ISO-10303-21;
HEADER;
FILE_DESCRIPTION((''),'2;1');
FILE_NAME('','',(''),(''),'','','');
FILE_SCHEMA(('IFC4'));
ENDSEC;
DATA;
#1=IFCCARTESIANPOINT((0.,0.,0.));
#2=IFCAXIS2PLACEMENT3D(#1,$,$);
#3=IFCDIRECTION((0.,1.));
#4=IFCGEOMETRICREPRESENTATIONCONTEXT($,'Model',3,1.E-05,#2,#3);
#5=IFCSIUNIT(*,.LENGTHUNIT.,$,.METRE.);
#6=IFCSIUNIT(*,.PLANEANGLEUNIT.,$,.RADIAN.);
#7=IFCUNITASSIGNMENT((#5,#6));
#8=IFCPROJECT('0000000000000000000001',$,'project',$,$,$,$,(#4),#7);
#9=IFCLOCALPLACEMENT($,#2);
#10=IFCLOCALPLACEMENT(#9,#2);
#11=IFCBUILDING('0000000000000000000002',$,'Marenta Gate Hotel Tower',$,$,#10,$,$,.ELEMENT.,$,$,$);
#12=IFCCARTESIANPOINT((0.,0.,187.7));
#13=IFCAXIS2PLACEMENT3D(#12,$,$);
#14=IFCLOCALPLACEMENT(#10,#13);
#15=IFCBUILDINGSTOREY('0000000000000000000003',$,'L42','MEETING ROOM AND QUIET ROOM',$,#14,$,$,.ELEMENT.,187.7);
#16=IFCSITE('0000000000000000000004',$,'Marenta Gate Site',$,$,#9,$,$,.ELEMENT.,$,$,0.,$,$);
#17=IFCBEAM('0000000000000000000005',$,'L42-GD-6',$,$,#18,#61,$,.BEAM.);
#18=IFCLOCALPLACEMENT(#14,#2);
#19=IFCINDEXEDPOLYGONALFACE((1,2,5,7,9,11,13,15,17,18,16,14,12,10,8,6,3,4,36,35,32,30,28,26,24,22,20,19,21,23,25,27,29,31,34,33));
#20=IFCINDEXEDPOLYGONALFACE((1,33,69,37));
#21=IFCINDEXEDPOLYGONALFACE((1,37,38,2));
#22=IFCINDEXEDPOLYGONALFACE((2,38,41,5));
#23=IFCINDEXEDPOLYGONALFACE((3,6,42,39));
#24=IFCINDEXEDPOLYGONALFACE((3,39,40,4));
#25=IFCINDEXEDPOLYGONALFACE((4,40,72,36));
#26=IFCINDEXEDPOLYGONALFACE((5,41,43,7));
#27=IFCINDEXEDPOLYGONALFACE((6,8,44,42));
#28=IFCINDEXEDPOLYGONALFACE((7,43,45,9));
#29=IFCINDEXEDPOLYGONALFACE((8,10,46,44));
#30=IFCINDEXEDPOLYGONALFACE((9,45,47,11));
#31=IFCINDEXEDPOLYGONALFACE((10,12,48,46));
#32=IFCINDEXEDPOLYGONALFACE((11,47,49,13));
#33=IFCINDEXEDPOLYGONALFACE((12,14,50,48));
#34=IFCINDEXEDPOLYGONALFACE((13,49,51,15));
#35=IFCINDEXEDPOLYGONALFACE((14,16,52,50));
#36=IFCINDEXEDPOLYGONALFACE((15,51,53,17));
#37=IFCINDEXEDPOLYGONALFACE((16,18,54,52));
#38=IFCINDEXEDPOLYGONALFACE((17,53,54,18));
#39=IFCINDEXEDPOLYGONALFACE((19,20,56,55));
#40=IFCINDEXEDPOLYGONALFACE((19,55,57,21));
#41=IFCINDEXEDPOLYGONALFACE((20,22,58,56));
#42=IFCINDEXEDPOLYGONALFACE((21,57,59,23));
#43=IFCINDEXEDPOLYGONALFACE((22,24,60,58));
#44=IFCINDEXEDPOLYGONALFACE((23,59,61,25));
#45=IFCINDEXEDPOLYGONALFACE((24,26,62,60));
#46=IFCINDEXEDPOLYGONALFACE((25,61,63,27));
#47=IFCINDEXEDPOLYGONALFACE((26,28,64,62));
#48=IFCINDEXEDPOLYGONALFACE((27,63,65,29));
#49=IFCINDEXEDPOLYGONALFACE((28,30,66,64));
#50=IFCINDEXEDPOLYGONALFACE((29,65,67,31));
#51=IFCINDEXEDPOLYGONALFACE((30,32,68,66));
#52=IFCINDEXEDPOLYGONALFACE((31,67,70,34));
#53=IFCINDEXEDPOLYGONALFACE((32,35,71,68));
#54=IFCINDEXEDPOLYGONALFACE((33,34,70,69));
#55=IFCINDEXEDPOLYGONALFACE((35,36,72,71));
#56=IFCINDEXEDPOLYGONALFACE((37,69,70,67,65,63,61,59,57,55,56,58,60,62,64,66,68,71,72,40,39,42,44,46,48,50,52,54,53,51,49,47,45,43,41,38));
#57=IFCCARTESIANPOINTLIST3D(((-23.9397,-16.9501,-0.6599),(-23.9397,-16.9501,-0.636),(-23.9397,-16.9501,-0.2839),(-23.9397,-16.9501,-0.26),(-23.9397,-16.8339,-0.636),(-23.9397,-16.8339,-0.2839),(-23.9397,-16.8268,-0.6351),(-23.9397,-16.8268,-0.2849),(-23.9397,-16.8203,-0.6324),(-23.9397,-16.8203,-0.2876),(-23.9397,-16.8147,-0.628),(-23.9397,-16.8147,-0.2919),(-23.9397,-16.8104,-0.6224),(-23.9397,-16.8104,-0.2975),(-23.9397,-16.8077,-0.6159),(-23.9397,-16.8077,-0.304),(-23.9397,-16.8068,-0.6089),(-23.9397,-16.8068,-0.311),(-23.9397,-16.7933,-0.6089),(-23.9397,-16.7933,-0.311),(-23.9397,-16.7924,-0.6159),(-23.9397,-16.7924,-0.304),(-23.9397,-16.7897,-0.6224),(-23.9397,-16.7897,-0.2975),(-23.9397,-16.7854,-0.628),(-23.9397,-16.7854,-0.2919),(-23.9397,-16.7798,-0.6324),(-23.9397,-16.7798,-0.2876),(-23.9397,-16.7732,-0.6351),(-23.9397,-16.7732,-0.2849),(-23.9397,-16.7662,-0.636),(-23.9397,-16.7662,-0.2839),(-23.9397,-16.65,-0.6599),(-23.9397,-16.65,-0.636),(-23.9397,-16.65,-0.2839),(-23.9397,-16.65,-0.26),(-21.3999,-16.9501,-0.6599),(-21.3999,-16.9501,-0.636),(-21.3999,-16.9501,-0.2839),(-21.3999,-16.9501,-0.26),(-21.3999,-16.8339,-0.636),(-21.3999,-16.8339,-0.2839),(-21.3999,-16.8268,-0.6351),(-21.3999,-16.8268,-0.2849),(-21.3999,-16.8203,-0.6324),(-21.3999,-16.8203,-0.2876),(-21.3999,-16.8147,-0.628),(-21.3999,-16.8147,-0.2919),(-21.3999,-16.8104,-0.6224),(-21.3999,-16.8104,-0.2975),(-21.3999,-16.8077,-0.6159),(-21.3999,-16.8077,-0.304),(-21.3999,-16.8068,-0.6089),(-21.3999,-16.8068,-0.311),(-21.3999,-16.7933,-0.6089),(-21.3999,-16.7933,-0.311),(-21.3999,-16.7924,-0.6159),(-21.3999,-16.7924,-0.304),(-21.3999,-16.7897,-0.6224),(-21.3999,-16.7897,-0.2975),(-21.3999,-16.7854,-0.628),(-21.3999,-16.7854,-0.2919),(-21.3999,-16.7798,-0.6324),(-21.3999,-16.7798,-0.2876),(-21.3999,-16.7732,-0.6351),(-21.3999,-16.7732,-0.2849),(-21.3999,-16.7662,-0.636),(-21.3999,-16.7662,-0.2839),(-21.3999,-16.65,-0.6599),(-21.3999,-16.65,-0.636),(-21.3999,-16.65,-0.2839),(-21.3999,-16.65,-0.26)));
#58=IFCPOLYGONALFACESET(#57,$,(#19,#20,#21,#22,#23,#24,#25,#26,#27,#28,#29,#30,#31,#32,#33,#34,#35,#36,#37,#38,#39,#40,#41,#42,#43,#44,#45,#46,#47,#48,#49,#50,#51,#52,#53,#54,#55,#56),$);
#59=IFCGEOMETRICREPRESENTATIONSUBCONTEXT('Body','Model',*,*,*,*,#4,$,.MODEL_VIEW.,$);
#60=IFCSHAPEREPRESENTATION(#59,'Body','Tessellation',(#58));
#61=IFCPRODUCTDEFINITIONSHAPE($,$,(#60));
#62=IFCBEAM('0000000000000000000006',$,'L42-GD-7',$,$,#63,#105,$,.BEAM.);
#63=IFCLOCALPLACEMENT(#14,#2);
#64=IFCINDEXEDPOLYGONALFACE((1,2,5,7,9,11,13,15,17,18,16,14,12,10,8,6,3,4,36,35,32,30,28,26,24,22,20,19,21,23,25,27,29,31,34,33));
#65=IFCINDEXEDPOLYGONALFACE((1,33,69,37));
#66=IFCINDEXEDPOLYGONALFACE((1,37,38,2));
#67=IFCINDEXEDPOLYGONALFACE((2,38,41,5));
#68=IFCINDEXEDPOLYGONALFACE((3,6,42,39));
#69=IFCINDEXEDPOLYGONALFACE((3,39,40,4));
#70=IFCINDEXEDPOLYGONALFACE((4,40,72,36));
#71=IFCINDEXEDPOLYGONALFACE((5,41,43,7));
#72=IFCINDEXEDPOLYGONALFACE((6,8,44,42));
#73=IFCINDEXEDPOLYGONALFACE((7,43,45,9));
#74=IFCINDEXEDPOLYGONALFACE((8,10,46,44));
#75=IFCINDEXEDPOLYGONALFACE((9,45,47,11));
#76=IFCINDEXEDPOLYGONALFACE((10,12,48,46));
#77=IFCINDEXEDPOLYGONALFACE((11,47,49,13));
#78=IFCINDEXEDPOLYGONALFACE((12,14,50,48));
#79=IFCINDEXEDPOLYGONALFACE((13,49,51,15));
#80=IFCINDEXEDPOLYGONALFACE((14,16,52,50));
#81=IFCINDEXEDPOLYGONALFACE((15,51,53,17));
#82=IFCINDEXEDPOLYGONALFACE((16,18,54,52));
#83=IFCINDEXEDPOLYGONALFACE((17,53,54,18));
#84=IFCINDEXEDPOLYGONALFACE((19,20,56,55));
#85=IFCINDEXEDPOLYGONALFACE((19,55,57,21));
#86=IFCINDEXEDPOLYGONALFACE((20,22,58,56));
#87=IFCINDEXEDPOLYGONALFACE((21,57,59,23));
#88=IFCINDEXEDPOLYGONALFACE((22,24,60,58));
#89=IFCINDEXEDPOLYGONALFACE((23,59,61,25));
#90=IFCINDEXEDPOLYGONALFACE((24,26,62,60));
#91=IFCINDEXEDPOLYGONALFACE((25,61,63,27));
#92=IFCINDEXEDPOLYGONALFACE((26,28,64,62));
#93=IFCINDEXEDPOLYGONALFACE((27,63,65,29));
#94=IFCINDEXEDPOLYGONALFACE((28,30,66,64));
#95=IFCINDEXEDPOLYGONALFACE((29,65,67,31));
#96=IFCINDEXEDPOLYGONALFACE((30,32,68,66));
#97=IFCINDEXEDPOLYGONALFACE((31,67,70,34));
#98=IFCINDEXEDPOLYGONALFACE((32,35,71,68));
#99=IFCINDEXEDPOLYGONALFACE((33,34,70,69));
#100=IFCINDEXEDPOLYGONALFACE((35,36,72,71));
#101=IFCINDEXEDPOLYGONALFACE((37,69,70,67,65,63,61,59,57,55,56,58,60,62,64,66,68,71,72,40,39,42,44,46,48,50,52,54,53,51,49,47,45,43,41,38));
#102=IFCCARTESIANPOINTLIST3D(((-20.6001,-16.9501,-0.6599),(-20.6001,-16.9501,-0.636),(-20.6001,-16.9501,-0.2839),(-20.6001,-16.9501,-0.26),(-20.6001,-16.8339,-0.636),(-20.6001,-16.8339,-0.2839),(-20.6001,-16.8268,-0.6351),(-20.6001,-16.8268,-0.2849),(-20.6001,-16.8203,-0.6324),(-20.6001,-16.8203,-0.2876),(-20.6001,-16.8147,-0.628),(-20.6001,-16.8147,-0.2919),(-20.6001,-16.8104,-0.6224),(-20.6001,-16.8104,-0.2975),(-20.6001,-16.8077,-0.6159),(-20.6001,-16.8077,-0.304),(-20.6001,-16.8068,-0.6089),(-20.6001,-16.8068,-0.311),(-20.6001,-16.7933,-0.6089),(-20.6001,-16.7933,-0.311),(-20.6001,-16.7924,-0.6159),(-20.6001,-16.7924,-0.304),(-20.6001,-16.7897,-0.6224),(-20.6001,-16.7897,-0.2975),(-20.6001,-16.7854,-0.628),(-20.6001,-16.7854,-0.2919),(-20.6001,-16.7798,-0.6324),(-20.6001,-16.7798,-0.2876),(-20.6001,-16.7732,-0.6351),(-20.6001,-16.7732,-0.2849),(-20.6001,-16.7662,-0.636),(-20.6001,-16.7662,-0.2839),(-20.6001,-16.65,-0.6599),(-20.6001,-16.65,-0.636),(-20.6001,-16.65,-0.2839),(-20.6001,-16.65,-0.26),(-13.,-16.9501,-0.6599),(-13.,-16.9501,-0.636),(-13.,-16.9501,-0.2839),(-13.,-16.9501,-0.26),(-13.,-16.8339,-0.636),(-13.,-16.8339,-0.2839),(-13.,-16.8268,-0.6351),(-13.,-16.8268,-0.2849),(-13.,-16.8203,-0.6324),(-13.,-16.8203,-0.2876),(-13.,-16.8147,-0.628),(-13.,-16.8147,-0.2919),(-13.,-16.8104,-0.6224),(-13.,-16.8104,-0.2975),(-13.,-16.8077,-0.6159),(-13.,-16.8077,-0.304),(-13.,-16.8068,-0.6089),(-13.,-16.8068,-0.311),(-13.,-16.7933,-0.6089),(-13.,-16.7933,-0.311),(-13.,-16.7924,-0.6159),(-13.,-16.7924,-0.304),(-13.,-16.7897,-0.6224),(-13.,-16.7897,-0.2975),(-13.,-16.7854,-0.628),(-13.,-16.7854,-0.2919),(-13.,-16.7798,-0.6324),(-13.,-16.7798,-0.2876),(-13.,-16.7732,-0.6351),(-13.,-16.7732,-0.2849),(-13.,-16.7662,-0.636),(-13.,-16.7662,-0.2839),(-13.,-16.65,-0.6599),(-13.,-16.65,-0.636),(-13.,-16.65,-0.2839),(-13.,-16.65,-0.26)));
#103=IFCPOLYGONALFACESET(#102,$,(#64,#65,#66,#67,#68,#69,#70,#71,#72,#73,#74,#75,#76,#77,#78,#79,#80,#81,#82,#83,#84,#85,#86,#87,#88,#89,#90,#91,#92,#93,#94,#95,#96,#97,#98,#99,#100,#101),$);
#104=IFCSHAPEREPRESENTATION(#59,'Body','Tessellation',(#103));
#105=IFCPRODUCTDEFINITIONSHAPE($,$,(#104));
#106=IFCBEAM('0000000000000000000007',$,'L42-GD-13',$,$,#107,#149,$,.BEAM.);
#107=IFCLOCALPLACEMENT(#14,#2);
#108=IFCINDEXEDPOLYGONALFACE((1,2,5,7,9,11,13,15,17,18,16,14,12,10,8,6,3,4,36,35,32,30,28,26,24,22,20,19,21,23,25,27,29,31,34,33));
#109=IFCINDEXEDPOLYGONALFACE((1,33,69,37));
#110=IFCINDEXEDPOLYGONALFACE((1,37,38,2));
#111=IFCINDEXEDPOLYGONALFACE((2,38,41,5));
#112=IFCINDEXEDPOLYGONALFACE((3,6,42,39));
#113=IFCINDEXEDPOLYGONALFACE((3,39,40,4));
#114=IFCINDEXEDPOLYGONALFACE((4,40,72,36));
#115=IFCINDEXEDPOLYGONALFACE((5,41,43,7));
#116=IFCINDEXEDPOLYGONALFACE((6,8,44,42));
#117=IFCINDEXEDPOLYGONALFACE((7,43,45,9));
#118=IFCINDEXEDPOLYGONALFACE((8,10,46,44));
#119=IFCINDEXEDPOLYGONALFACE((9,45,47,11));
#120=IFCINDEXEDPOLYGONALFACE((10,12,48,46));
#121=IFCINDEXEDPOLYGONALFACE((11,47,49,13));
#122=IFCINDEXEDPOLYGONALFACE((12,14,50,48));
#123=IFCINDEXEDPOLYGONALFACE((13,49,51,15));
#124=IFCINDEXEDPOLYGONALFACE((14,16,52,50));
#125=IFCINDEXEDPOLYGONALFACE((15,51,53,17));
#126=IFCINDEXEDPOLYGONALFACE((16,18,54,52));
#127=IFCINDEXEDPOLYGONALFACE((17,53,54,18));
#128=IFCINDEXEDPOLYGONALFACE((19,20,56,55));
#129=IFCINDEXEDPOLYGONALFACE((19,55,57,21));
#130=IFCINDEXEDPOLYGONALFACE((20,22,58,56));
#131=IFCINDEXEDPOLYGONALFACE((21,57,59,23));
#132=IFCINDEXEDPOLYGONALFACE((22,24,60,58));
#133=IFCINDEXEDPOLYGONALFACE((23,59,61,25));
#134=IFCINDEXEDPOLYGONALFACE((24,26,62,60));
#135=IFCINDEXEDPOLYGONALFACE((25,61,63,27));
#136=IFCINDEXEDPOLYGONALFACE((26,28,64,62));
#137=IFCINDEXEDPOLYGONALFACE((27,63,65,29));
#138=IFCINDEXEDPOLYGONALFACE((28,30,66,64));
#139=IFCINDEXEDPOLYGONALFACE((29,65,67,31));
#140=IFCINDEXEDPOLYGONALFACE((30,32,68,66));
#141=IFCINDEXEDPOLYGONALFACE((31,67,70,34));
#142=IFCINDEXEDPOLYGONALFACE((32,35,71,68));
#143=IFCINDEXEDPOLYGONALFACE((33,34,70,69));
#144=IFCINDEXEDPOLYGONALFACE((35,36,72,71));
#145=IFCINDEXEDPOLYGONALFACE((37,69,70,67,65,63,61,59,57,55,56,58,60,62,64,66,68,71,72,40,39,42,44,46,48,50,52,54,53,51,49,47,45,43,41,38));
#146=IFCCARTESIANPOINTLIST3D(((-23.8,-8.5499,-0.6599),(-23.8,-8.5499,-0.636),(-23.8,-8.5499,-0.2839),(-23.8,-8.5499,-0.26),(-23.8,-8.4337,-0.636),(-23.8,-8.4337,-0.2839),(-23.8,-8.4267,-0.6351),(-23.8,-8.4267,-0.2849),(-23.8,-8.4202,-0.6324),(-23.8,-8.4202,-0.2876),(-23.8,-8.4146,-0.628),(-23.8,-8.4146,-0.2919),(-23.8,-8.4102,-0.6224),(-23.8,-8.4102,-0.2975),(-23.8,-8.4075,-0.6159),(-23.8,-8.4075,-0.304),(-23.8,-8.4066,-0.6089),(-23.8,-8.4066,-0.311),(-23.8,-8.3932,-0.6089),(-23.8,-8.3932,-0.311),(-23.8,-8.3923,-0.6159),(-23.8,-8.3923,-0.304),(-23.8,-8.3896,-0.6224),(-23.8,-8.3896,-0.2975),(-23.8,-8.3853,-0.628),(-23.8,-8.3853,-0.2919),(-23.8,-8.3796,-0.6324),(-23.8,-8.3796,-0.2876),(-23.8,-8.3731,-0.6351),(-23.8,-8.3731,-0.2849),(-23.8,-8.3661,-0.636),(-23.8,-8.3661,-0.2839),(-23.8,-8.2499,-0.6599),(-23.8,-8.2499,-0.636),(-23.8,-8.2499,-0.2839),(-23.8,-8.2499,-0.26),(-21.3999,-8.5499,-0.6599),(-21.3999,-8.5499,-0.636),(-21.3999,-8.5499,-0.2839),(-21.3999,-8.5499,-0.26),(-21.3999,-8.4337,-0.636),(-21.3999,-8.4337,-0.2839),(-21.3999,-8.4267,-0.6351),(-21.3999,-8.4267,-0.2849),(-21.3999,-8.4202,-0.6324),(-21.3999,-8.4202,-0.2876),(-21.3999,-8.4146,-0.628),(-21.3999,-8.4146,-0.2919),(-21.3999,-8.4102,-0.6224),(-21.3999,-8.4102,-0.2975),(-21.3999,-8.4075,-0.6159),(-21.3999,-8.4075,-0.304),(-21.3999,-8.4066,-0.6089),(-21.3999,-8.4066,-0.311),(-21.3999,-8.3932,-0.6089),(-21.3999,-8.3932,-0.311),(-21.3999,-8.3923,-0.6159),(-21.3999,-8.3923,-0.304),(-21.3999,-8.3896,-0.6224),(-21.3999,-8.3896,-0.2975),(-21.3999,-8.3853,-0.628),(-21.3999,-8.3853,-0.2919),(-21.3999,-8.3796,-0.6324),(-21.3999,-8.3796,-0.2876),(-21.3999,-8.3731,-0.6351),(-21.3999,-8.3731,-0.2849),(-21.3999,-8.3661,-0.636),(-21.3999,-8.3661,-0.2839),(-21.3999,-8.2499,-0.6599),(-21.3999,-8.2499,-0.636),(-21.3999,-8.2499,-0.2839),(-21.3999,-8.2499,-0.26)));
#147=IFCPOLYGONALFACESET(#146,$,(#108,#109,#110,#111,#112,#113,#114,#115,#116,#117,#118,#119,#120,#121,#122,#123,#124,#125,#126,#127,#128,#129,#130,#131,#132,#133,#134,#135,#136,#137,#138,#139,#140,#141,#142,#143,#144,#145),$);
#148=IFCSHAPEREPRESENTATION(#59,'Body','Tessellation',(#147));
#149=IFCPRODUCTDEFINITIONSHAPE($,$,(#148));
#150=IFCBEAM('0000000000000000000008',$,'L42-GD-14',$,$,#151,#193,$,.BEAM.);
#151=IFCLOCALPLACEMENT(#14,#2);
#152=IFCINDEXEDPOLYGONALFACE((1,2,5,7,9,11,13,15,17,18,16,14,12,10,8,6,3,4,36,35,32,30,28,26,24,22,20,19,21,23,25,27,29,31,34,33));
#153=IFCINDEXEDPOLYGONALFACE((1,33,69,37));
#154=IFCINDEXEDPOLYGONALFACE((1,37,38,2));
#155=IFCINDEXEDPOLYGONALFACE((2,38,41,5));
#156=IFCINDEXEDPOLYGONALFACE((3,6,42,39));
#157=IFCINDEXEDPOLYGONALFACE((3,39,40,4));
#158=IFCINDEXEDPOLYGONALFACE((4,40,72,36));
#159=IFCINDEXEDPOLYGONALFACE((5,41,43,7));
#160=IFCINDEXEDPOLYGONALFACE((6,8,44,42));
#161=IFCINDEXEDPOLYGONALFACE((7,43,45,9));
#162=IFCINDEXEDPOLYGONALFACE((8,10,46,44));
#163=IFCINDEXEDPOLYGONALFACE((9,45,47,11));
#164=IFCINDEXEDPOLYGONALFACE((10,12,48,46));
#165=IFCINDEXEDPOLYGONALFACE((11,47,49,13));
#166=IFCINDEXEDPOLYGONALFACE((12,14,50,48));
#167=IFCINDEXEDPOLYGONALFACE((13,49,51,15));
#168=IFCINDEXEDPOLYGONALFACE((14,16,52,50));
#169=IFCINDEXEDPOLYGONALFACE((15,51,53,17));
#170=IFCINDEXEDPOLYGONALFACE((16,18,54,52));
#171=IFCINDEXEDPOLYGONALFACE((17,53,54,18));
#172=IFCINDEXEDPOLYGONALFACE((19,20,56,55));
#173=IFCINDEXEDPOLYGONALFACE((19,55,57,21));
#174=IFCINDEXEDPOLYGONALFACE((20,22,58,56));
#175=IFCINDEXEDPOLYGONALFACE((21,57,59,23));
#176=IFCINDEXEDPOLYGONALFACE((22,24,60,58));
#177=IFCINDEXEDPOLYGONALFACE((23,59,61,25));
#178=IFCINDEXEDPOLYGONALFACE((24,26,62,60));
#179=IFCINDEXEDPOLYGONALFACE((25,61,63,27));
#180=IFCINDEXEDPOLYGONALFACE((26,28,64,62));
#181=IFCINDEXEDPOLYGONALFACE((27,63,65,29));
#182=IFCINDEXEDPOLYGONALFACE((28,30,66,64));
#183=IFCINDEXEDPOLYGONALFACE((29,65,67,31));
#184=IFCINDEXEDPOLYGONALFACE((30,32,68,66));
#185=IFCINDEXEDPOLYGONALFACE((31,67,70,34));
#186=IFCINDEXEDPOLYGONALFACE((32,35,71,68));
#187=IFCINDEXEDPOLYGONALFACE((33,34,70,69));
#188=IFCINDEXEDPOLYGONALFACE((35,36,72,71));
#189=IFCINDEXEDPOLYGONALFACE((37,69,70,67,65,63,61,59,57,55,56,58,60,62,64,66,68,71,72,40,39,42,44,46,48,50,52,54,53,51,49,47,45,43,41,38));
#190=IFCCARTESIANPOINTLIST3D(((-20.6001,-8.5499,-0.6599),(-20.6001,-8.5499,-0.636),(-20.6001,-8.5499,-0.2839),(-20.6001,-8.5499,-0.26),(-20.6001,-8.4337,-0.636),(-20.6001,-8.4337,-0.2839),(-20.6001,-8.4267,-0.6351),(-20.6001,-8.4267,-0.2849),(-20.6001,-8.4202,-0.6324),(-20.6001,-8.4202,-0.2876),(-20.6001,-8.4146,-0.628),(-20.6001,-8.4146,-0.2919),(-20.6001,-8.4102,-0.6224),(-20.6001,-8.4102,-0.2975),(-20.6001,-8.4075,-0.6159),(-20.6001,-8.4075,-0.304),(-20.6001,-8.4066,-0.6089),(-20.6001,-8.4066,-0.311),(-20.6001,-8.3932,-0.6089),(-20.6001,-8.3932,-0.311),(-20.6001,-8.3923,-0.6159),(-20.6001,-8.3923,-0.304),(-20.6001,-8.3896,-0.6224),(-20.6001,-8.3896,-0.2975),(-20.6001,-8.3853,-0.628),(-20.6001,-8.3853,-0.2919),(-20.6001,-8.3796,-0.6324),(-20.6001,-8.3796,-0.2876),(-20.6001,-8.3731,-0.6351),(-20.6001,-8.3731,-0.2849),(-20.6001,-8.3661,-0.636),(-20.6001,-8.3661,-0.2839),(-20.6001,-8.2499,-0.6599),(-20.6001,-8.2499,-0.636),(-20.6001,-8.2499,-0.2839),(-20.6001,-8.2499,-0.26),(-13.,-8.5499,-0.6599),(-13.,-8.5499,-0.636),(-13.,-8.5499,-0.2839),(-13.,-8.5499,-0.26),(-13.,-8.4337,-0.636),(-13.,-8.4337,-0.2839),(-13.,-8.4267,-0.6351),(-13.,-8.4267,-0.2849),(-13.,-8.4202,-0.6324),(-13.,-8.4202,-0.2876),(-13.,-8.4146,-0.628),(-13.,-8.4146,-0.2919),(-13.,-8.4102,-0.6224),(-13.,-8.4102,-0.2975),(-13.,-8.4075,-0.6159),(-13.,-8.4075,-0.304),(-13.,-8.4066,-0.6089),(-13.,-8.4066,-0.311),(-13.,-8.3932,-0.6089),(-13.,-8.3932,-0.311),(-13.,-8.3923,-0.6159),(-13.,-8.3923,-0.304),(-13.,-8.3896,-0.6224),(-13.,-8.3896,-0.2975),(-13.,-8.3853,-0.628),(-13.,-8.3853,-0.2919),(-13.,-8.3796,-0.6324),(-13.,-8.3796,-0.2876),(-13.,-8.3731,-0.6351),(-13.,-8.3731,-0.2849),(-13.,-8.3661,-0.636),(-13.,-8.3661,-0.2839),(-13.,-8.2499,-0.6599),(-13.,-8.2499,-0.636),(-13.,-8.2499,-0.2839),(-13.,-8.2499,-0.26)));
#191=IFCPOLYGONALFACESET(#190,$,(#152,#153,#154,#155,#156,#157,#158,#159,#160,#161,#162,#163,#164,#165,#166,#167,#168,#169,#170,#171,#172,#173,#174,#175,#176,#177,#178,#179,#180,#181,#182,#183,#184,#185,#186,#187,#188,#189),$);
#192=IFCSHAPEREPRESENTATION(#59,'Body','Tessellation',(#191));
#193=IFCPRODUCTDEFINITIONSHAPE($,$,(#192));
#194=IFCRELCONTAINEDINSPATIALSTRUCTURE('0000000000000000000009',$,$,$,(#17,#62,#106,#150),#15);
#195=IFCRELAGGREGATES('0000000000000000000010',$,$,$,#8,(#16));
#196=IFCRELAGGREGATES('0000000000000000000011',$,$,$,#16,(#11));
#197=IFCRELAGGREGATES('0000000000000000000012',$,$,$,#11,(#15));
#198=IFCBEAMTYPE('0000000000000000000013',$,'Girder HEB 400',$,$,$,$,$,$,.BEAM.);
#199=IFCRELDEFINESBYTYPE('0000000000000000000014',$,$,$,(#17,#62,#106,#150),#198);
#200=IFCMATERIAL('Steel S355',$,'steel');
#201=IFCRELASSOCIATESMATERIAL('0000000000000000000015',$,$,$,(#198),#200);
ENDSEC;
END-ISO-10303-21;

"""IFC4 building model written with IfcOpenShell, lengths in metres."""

from ifc_helpers import new_model, si_unit, direction, frame, origin, origin_2d, place, context, subcontext, project, spatial, i_section, extrude, material, material_profile, profile_set, type_object, element, save


model = new_model("IFC4")

# Units and contexts
model_context = context("Model", 3, precision=1e-05, world=origin(), true_north=direction((0.0, 1.0)))
body_context = subcontext(model_context, "Body", "Model", "MODEL_VIEW")
ifc_project = project(units=[si_unit("LENGTHUNIT", "METRE"), si_unit("PLANEANGLEUNIT", "RADIAN")], contexts=[model_context])

# Site, building, storey
site_placement = place(None, origin())
site = spatial("IfcSite", under=ifc_project, at=site_placement, Name="Marenta Gate Site", CompositionType="ELEMENT", RefElevation=0.0)
building_placement = place(site_placement, origin())
building = spatial("IfcBuilding", under=site, at=building_placement, Name="Marenta Gate Hotel Tower", CompositionType="ELEMENT")
storey_placement = place(building_placement, frame((0.0, 0.0, 187.7)))
storey = spatial("IfcBuildingStorey", under=building, at=storey_placement, Name="L42", Description="MEETING ROOM AND QUIET ROOM", CompositionType="ELEMENT", Elevation=187.7)

# Beams
ifc_material_1 = material(Name="Steel S355", Category="steel")
ifc_material_profile_1 = material_profile(ifc_material_1, i_section(OverallWidth=0.3, OverallDepth=0.3999, WebThickness=0.0134, FlangeThickness=0.0239, FilletRadius=0.0271, at=origin_2d()), Name="HEB 400")
ifc_profile_set_1 = profile_set([ifc_material_profile_1], Name="Steel S355")
beam_type_1 = type_object("IfcBeamType", Name="Girder HEB 400", PredefinedType="BEAM", material=ifc_profile_set_1)
beam_1_placement = place(storey_placement, frame((-23.9397, -16.8, -0.46), z_axis=(1.0, 0.0, 0.0), x_axis=(0.0, 1.0, 0.0)))
element("IfcBeam", 1, at=beam_1_placement, inside=storey, type_object=beam_type_1, Name="L42-GD-6", PredefinedType="BEAM", context=body_context, shape_type="SweptSolid", body=[
    extrude(i_section(OverallWidth=0.3, OverallDepth=0.3999, WebThickness=0.0134, FlangeThickness=0.0239, FilletRadius=0.0271, at=origin_2d()), origin(), (0.0, 0.0, 1.0), 2.5398),
])
beam_2_placement = place(storey_placement, frame((-20.6001, -16.8, -0.46), z_axis=(1.0, 0.0, 0.0), x_axis=(0.0, 1.0, 0.0)))
element("IfcBeam", 2, at=beam_2_placement, inside=storey, type_object=beam_type_1, Name="L42-GD-7", PredefinedType="BEAM", context=body_context, shape_type="SweptSolid", body=[
    extrude(i_section(OverallWidth=0.3, OverallDepth=0.3999, WebThickness=0.0134, FlangeThickness=0.0239, FilletRadius=0.0271, at=origin_2d()), origin(), (0.0, 0.0, 1.0), 7.6001),
])
beam_3_placement = place(storey_placement, frame((-23.8, -8.3999, -0.46), z_axis=(1.0, 0.0, 0.0), x_axis=(0.0, 1.0, 0.0)))
element("IfcBeam", 3, at=beam_3_placement, inside=storey, type_object=beam_type_1, Name="L42-GD-13", PredefinedType="BEAM", context=body_context, shape_type="SweptSolid", body=[
    extrude(i_section(OverallWidth=0.3, OverallDepth=0.3999, WebThickness=0.0134, FlangeThickness=0.0239, FilletRadius=0.0271, at=origin_2d()), origin(), (0.0, 0.0, 1.0), 2.4001),
])
beam_4_placement = place(storey_placement, frame((-20.6001, -8.3999, -0.46), z_axis=(1.0, 0.0, 0.0), x_axis=(0.0, 1.0, 0.0)))
element("IfcBeam", 4, at=beam_4_placement, inside=storey, type_object=beam_type_1, Name="L42-GD-14", PredefinedType="BEAM", context=body_context, shape_type="SweptSolid", body=[
    extrude(i_section(OverallWidth=0.3, OverallDepth=0.3999, WebThickness=0.0134, FlangeThickness=0.0239, FilletRadius=0.0271, at=origin_2d()), origin(), (0.0, 0.0, 1.0), 7.6001),
])

save(model, "model.ifc")
